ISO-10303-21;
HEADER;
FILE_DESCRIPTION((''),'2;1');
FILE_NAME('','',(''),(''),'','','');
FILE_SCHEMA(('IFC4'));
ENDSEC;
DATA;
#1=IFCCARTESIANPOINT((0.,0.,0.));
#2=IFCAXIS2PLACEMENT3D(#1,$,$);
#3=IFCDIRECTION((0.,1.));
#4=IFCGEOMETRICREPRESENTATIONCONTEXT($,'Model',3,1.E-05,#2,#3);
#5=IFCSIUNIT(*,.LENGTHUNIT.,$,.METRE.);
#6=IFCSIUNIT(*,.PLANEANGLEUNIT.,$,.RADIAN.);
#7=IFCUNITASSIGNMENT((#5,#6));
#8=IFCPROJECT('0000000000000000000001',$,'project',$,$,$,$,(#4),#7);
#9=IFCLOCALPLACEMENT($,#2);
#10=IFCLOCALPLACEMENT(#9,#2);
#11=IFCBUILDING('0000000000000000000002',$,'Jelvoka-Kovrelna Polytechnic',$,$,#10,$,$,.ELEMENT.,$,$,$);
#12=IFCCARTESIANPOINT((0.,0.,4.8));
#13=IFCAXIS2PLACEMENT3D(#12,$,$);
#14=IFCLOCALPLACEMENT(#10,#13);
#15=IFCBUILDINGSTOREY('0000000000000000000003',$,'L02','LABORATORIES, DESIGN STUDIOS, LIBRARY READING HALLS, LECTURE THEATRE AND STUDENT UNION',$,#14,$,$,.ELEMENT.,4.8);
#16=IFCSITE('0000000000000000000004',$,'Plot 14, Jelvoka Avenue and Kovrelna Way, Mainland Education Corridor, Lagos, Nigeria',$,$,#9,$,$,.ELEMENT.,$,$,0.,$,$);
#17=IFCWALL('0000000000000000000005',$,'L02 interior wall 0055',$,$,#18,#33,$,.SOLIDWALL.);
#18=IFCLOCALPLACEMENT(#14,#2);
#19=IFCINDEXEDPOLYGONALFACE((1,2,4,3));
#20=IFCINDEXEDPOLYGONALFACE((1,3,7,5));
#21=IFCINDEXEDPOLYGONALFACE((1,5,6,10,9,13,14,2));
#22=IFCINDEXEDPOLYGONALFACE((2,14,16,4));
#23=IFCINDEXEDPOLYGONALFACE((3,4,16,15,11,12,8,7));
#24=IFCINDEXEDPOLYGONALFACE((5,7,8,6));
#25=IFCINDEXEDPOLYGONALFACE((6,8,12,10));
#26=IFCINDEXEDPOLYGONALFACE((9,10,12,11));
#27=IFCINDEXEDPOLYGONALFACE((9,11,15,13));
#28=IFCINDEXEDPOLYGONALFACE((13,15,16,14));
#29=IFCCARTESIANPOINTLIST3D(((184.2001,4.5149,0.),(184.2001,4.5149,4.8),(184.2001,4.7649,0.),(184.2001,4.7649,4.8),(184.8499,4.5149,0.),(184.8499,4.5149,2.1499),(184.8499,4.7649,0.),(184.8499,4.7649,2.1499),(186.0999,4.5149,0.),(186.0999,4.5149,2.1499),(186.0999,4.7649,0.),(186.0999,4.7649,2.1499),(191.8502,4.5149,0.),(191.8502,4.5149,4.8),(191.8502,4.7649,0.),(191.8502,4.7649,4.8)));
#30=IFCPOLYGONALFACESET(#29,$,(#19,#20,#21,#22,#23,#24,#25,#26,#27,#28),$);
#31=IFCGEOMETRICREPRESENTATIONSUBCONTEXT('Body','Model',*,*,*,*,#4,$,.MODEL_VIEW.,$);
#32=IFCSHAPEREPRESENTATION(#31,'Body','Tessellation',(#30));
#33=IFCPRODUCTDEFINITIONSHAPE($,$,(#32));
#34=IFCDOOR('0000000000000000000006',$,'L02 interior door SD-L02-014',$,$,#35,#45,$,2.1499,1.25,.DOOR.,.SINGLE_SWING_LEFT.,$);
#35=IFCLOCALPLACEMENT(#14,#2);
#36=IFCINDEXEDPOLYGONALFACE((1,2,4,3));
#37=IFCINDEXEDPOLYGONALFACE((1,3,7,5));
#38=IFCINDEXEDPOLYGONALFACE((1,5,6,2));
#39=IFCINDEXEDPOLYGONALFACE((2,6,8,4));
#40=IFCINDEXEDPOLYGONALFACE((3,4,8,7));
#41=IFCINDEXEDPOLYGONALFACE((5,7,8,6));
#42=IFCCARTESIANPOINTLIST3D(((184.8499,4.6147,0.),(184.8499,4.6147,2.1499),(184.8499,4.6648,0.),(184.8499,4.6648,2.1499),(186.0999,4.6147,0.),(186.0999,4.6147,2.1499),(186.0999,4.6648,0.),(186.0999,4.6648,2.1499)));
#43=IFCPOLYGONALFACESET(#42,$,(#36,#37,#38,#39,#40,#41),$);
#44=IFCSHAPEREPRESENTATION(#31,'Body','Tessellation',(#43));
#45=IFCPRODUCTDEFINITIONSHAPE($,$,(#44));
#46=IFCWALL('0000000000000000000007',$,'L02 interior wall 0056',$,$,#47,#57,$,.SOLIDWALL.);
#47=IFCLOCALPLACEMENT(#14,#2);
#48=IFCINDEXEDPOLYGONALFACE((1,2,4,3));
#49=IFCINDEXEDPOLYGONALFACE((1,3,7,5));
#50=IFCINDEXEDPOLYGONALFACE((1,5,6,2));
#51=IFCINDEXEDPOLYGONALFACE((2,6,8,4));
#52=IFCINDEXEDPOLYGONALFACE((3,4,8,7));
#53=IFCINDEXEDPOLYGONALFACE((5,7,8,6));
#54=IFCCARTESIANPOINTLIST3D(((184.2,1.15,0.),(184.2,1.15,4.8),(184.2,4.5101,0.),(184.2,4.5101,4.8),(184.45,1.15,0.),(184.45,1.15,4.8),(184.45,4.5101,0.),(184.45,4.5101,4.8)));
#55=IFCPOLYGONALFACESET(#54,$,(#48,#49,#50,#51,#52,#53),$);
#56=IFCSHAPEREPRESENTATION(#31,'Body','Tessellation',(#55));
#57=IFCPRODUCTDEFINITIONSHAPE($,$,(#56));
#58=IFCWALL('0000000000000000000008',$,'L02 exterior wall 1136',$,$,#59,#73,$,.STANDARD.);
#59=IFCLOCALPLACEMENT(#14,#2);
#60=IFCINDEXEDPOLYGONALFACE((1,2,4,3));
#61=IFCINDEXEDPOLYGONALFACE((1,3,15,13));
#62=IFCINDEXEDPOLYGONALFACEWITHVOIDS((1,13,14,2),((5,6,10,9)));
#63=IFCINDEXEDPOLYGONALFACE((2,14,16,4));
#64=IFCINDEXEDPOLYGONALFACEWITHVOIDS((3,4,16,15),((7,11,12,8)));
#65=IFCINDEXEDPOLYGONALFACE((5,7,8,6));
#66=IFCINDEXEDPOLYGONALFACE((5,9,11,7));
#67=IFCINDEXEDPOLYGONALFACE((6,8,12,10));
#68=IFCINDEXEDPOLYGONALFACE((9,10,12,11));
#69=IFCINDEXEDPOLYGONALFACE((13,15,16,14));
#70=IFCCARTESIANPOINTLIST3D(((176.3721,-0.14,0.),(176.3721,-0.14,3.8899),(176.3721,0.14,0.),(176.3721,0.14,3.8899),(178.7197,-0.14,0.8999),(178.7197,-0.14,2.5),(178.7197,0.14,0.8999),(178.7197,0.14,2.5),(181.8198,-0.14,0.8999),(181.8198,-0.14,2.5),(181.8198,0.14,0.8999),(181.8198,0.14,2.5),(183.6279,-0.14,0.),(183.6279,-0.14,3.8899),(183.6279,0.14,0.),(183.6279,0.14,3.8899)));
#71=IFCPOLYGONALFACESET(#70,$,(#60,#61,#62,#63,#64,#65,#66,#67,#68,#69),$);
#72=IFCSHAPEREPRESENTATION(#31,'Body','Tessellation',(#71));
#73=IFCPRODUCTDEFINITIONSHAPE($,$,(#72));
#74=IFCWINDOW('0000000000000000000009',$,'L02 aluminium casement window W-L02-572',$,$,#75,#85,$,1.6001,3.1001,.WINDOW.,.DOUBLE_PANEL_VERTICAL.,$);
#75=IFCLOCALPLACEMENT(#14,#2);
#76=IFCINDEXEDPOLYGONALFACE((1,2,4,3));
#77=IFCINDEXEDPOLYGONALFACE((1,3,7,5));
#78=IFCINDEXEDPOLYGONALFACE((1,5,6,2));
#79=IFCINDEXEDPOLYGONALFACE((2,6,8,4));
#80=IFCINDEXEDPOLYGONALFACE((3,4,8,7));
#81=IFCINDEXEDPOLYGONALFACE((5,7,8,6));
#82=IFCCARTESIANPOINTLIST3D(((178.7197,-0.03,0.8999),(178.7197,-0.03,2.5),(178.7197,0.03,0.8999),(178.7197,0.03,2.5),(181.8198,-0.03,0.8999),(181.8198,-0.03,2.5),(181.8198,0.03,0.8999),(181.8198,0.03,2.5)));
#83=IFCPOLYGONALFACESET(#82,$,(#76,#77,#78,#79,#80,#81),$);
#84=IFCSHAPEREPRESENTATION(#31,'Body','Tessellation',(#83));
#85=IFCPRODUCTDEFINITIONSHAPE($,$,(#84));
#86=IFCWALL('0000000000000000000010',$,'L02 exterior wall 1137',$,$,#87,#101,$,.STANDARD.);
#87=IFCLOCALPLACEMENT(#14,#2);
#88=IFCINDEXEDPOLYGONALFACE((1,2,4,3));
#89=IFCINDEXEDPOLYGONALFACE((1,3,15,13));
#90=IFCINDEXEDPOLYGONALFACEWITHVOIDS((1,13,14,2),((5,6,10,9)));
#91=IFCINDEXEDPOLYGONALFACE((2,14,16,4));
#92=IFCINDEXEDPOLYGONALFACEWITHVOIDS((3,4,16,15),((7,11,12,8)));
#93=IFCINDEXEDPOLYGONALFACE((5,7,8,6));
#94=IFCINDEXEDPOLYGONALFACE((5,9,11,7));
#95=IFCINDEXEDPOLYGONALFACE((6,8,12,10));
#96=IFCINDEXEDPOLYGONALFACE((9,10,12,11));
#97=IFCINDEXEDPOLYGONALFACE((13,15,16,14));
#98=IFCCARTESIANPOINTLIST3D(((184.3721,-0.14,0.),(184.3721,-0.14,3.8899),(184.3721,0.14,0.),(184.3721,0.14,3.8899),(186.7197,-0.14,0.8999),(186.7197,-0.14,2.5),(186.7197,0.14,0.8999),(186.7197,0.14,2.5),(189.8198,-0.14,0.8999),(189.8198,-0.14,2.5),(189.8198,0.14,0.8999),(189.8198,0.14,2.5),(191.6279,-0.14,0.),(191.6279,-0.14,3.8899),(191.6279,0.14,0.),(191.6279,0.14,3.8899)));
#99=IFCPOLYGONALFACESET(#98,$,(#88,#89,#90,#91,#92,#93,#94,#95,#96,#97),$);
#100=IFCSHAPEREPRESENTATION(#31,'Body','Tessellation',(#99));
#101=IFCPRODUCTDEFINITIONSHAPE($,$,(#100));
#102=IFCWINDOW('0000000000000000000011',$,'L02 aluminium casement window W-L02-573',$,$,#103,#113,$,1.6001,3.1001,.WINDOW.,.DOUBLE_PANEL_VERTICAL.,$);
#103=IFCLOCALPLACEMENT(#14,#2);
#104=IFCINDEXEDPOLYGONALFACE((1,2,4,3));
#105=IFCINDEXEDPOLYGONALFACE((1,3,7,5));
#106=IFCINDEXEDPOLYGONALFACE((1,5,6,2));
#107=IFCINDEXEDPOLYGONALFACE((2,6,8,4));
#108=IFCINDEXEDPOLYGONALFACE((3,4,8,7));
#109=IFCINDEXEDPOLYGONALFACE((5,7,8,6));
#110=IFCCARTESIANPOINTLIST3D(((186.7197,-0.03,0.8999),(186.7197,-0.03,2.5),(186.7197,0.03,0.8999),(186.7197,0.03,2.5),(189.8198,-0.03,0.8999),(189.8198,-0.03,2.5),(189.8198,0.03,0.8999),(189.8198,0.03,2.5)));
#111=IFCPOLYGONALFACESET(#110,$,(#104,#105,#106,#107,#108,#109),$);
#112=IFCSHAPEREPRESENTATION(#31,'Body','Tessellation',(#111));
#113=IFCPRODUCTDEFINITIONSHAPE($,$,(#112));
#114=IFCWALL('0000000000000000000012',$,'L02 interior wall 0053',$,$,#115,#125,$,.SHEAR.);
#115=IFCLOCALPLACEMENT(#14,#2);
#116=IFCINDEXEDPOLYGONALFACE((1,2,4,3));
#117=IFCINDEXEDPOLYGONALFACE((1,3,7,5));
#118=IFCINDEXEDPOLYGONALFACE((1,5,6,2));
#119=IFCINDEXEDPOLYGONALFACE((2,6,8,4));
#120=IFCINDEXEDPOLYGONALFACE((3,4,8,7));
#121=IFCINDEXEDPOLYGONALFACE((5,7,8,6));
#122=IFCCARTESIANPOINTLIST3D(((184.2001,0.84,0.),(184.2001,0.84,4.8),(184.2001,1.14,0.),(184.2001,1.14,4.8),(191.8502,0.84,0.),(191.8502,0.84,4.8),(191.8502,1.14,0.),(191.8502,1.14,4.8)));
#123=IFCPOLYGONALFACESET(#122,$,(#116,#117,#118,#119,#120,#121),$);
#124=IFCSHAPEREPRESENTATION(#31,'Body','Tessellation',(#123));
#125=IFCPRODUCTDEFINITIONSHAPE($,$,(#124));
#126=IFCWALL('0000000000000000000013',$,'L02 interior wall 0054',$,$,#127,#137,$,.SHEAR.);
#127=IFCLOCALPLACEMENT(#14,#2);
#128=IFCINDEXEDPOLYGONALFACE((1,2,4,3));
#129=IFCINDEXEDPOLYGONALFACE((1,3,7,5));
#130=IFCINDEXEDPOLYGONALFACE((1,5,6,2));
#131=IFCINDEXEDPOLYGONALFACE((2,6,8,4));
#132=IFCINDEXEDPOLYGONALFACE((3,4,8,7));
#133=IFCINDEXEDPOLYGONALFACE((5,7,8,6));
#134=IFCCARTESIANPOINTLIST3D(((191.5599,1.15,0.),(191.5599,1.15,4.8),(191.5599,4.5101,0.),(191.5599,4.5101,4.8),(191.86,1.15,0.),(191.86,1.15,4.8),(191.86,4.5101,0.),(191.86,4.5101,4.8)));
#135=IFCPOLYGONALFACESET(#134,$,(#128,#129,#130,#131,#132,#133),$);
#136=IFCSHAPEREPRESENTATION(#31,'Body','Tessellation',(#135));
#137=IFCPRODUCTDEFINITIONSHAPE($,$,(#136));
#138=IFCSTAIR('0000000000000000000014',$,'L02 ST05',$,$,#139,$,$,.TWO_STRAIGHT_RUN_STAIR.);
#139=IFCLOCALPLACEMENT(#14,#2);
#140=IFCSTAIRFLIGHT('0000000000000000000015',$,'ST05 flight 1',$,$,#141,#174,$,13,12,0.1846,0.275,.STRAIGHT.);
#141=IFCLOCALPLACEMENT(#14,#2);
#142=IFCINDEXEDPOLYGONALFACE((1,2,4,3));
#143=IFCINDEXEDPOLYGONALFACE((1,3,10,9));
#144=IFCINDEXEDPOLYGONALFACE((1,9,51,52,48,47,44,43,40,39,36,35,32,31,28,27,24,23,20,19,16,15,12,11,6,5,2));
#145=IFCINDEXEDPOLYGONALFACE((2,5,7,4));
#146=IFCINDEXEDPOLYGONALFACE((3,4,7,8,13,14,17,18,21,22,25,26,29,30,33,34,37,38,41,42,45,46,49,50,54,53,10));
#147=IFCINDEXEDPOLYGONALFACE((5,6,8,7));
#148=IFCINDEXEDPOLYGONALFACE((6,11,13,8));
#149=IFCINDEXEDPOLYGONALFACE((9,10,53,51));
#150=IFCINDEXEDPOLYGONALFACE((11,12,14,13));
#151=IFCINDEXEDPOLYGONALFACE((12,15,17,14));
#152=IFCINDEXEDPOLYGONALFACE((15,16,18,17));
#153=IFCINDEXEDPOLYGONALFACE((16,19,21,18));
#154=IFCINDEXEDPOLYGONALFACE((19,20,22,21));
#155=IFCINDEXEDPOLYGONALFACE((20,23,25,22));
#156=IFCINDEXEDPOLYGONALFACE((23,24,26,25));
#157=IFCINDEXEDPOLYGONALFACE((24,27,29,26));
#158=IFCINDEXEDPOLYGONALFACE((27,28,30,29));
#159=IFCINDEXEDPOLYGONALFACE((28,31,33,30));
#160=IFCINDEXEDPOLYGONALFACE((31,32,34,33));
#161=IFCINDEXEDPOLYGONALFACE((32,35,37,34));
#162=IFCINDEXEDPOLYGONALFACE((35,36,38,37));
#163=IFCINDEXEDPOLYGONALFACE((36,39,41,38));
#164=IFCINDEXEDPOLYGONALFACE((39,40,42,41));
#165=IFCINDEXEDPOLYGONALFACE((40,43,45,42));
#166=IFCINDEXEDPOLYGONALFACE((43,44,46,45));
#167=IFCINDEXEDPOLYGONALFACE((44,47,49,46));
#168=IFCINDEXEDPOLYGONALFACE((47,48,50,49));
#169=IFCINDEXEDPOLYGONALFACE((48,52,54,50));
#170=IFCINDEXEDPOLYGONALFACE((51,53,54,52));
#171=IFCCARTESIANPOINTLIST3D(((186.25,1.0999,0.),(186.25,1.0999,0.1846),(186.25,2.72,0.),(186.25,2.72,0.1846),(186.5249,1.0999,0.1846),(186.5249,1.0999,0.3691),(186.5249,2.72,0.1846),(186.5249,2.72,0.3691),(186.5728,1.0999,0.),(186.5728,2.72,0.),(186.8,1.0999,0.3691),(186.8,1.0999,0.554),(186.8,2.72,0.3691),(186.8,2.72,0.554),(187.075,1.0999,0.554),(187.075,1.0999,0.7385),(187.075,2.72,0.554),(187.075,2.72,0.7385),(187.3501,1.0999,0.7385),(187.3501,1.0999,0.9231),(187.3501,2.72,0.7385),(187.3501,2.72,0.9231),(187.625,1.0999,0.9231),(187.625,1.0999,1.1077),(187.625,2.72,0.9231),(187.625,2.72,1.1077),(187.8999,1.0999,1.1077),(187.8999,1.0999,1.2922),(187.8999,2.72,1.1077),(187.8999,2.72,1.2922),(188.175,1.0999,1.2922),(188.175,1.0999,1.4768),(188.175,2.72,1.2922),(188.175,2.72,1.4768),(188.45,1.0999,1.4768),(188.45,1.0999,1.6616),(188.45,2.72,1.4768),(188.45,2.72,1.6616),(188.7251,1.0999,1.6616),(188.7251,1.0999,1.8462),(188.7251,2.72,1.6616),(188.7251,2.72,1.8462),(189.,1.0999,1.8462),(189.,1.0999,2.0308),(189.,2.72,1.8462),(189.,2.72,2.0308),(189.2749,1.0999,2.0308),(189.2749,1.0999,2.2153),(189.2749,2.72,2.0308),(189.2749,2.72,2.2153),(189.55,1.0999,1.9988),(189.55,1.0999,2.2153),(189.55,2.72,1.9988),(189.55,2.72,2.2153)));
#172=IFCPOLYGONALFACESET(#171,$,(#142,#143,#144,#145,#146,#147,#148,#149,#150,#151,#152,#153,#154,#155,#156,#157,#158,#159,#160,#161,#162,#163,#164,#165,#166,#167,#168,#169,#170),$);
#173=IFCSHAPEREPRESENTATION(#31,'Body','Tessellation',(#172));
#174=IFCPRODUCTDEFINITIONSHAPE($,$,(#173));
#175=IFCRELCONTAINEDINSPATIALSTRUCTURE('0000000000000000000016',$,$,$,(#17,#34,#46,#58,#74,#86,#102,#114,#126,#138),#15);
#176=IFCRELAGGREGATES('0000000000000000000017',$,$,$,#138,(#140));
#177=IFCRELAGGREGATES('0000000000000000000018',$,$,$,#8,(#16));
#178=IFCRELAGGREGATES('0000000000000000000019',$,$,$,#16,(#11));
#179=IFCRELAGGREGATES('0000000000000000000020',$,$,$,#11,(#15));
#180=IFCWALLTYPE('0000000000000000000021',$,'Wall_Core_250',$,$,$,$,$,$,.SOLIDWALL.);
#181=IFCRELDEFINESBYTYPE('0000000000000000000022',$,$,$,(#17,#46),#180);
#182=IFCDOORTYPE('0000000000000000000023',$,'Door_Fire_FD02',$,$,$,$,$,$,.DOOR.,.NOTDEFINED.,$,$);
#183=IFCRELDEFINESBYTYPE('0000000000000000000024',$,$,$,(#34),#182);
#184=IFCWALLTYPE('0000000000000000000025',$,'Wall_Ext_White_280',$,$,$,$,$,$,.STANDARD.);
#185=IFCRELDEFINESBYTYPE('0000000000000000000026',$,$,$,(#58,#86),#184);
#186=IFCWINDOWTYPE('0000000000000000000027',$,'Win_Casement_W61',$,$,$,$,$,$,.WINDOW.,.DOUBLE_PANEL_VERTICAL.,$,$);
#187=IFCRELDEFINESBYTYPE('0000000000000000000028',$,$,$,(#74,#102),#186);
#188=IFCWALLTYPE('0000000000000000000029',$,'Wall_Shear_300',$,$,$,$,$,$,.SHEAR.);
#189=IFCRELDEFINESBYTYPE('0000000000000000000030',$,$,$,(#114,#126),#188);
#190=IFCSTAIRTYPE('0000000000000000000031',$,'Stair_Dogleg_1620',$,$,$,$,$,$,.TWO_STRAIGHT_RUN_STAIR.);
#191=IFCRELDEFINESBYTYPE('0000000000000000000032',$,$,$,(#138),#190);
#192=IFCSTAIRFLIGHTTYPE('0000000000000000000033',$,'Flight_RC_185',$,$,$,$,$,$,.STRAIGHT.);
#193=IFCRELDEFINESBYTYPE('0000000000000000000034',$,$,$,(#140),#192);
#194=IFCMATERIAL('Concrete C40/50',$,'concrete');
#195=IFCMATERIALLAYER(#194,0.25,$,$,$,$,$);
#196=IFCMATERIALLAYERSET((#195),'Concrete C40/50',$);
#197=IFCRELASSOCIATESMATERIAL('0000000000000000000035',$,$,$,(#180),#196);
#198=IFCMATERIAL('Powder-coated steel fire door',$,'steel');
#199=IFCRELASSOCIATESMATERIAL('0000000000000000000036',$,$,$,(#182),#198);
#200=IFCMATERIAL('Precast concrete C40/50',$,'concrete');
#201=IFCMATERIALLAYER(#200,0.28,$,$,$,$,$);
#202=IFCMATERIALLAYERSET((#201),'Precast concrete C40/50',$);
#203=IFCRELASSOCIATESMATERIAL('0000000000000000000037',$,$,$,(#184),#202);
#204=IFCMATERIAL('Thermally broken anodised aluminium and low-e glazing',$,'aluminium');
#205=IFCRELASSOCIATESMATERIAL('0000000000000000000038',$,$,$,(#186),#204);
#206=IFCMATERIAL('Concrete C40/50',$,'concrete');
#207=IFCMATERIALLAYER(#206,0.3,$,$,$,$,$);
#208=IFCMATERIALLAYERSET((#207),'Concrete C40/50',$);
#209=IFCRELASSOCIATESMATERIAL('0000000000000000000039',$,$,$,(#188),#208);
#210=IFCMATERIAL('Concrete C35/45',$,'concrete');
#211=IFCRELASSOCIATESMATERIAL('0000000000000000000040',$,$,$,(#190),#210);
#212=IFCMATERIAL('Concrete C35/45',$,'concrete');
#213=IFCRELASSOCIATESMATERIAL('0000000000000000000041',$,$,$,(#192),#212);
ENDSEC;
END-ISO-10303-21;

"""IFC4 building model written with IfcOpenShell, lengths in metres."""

from ifc_helpers import new_model, si_unit, direction, frame, frame_2d, origin, place, context, subcontext, project, spatial, polyline, rectangle, outline, extrude, material, layer, layer_set, type_object, element, fill, aggregate, save


model = new_model("IFC4")

# Units and contexts
model_context = context("Model", 3, precision=1e-05, world=origin(), true_north=direction((0.0, 1.0)))
body_context = subcontext(model_context, "Body", "Model", "MODEL_VIEW")
ifc_project = project(units=[si_unit("LENGTHUNIT", "METRE"), si_unit("PLANEANGLEUNIT", "RADIAN")], contexts=[model_context])

# Site, building, storey
site_placement = place(None, origin())
site = spatial("IfcSite", under=ifc_project, at=site_placement, Name="Plot 14, Jelvoka Avenue and Kovrelna Way, Mainland Education Corridor, Lagos, Nigeria", CompositionType="ELEMENT", RefElevation=0.0)
building_placement = place(site_placement, origin())
building = spatial("IfcBuilding", under=site, at=building_placement, Name="Jelvoka-Kovrelna Polytechnic", CompositionType="ELEMENT")
storey_placement = place(building_placement, frame((0.0, 0.0, 4.8)))
storey = spatial("IfcBuildingStorey", under=building, at=storey_placement, Name="L02", Description="LABORATORIES, DESIGN STUDIOS, LIBRARY READING HALLS, LECTURE THEATRE AND STUDENT UNION", CompositionType="ELEMENT", Elevation=4.8)

# Wall, opening, door
ifc_material_1 = material(Name="Concrete C40/50", Category="concrete")
ifc_layer_1 = layer(ifc_material_1, 0.25)
ifc_layer_set_1 = layer_set([ifc_layer_1], Name="Concrete C40/50")
wall_type_1 = type_object("IfcWallType", Name="Wall_Core_250", PredefinedType="SOLIDWALL", material=ifc_layer_set_1)
wall_1_placement = place(storey_placement, frame((184.2, 4.6399, 0.0), z_axis=(0.0, 0.0, 1.0), x_axis=(1.0, 0.0, 0.0)))
wall_1 = element("IfcWall", 1, at=wall_1_placement, inside=storey, type_object=wall_type_1, Name="L02 interior wall 0055", PredefinedType="SOLIDWALL", context=body_context, shape_type="SweptSolid", body=[
    extrude(rectangle(XDim=7.6501, YDim=0.25, at=frame_2d((3.8252, 0.0))), origin(), (0.0, 0.0, 1.0), 4.8),
])
opening_1_placement = place(wall_1_placement, frame((0.6499, 0.0, 0.0)))
opening_1 = element("IfcOpeningElement", 2, at=opening_1_placement, cuts=wall_1, PredefinedType="OPENING", context=body_context, shape_type="SweptSolid", body=[
    extrude(rectangle(XDim=1.25, YDim=2.1499, at=frame_2d((0.625, 1.075))), frame((0.0, 0.135, 0.0), z_axis=(0.0, -1.0, 0.0), x_axis=(1.0, 0.0, 0.0)), (0.0, 0.0, 1.0), 0.27),
])
ifc_material_2 = material(Name="Powder-coated steel fire door", Category="steel")
door_type = type_object("IfcDoorType", Name="Door_Fire_FD02", OperationType="NOTDEFINED", PredefinedType="DOOR", material=ifc_material_2)
door_placement = place(opening_1_placement, origin())
door = element("IfcDoor", 3, at=door_placement, inside=storey, type_object=door_type, Name="L02 interior door SD-L02-014", OperationType="SINGLE_SWING_LEFT", OverallHeight=2.1499, OverallWidth=1.25, PredefinedType="DOOR", context=body_context, shape_type="SweptSolid", body=[
    extrude(rectangle(XDim=1.25, YDim=2.1499, at=frame_2d((0.625, 1.075))), frame((0.0, 0.0249, 0.0), z_axis=(0.0, -1.0, 0.0), x_axis=(1.0, 0.0, 0.0)), (0.0, 0.0, 1.0), 0.05),
])
fill(opening_1, door)

# Wall
wall_2_placement = place(storey_placement, frame((184.325, 1.1499, 0.0), z_axis=(0.0, 0.0, 1.0), x_axis=(0.0, 1.0, 0.0)))
element("IfcWall", 4, at=wall_2_placement, inside=storey, type_object=wall_type_1, Name="L02 interior wall 0056", PredefinedType="SOLIDWALL", context=body_context, shape_type="SweptSolid", body=[
    extrude(rectangle(XDim=3.3601, YDim=0.25, at=frame_2d((1.6802, 0.0))), origin(), (0.0, 0.0, 1.0), 4.8),
])

# Walls, openings, windows
ifc_material_3 = material(Name="Precast concrete C40/50", Category="concrete")
ifc_layer_2 = layer(ifc_material_3, 0.28)
ifc_layer_set_2 = layer_set([ifc_layer_2], Name="Precast concrete C40/50")
wall_type_2 = type_object("IfcWallType", Name="Wall_Ext_White_280", PredefinedType="STANDARD", material=ifc_layer_set_2)
wall_3_placement = place(storey_placement, frame((183.6279, 0.0, 0.0), z_axis=(0.0, 0.0, 1.0), x_axis=(-1.0, 0.0, 0.0)))
wall_3 = element("IfcWall", 5, at=wall_3_placement, inside=storey, type_object=wall_type_2, Name="L02 exterior wall 1136", PredefinedType="STANDARD", context=body_context, shape_type="SweptSolid", body=[
    extrude(rectangle(XDim=7.2559, YDim=0.28, at=frame_2d((3.6279, 0.0))), origin(), (0.0, 0.0, 1.0), 3.8899),
])
opening_2_placement = place(wall_3_placement, frame((1.8081, 0.0, 0.8999)))
opening_2 = element("IfcOpeningElement", 6, at=opening_2_placement, cuts=wall_3, PredefinedType="OPENING", context=body_context, shape_type="SweptSolid", body=[
    extrude(rectangle(XDim=3.1001, YDim=1.6001, at=frame_2d((1.55, 0.8))), frame((0.0, 0.1501, 0.0), z_axis=(0.0, -1.0, 0.0), x_axis=(1.0, 0.0, 0.0)), (0.0, 0.0, 1.0), 0.3),
])
ifc_material_4 = material(Name="Thermally broken anodised aluminium and low-e glazing", Category="aluminium")
window_type = type_object("IfcWindowType", Name="Win_Casement_W61", PartitioningType="DOUBLE_PANEL_VERTICAL", PredefinedType="WINDOW", material=ifc_material_4)
window_1_placement = place(opening_2_placement, origin())
window_1 = element("IfcWindow", 7, at=window_1_placement, inside=storey, type_object=window_type, Name="L02 aluminium casement window W-L02-572", OverallHeight=1.6001, OverallWidth=3.1001, PartitioningType="DOUBLE_PANEL_VERTICAL", PredefinedType="WINDOW", context=body_context, shape_type="SweptSolid", body=[
    extrude(rectangle(XDim=3.1001, YDim=1.6001, at=frame_2d((1.55, 0.8))), frame((0.0, 0.03, 0.0), z_axis=(0.0, -1.0, 0.0), x_axis=(1.0, 0.0, 0.0)), (0.0, 0.0, 1.0), 0.0601),
])
fill(opening_2, window_1)
wall_4_placement = place(storey_placement, frame((191.6279, 0.0, 0.0), z_axis=(0.0, 0.0, 1.0), x_axis=(-1.0, 0.0, 0.0)))
wall_4 = element("IfcWall", 8, at=wall_4_placement, inside=storey, type_object=wall_type_2, Name="L02 exterior wall 1137", PredefinedType="STANDARD", context=body_context, shape_type="SweptSolid", body=[
    extrude(rectangle(XDim=7.2559, YDim=0.28, at=frame_2d((3.6279, 0.0))), origin(), (0.0, 0.0, 1.0), 3.8899),
])
opening_3_placement = place(wall_4_placement, frame((1.8081, 0.0, 0.8999)))
opening_3 = element("IfcOpeningElement", 9, at=opening_3_placement, cuts=wall_4, PredefinedType="OPENING", context=body_context, shape_type="SweptSolid", body=[
    extrude(rectangle(XDim=3.1001, YDim=1.6001, at=frame_2d((1.55, 0.8))), frame((0.0, 0.1501, 0.0), z_axis=(0.0, -1.0, 0.0), x_axis=(1.0, 0.0, 0.0)), (0.0, 0.0, 1.0), 0.3),
])
window_2_placement = place(opening_3_placement, origin())
window_2 = element("IfcWindow", 10, at=window_2_placement, inside=storey, type_object=window_type, Name="L02 aluminium casement window W-L02-573", OverallHeight=1.6001, OverallWidth=3.1001, PartitioningType="DOUBLE_PANEL_VERTICAL", PredefinedType="WINDOW", context=body_context, shape_type="SweptSolid", body=[
    extrude(rectangle(XDim=3.1001, YDim=1.6001, at=frame_2d((1.55, 0.8))), frame((0.0, 0.03, 0.0), z_axis=(0.0, -1.0, 0.0), x_axis=(1.0, 0.0, 0.0)), (0.0, 0.0, 1.0), 0.0601),
])
fill(opening_3, window_2)

# Walls
ifc_material_5 = material(Name="Concrete C40/50", Category="concrete")
ifc_layer_3 = layer(ifc_material_5, 0.3)
ifc_layer_set_3 = layer_set([ifc_layer_3], Name="Concrete C40/50")
wall_type_3 = type_object("IfcWallType", Name="Wall_Shear_300", PredefinedType="SHEAR", material=ifc_layer_set_3)
wall_5_placement = place(storey_placement, frame((184.2, 0.99, 0.0), z_axis=(0.0, 0.0, 1.0), x_axis=(1.0, 0.0, 0.0)))
element("IfcWall", 11, at=wall_5_placement, inside=storey, type_object=wall_type_3, Name="L02 interior wall 0053", PredefinedType="SHEAR", context=body_context, shape_type="SweptSolid", body=[
    extrude(rectangle(XDim=7.6501, YDim=0.3, at=frame_2d((3.8252, 0.0))), origin(), (0.0, 0.0, 1.0), 4.8),
])
wall_6_placement = place(storey_placement, frame((191.71, 1.1499, 0.0), z_axis=(0.0, 0.0, 1.0), x_axis=(0.0, 1.0, 0.0)))
element("IfcWall", 12, at=wall_6_placement, inside=storey, type_object=wall_type_3, Name="L02 interior wall 0054", PredefinedType="SHEAR", context=body_context, shape_type="SweptSolid", body=[
    extrude(rectangle(XDim=3.3601, YDim=0.3, at=frame_2d((1.6802, 0.0))), origin(), (0.0, 0.0, 1.0), 4.8),
])

# Stair, stair flight
ifc_material_6 = material(Name="Concrete C35/45", Category="concrete")
stair_type = type_object("IfcStairType", Name="Stair_Dogleg_1620", PredefinedType="TWO_STRAIGHT_RUN_STAIR", material=ifc_material_6)
stair_placement = place(storey_placement, origin())
stair = element("IfcStair", 13, at=stair_placement, inside=storey, type_object=stair_type, Name="L02 ST05", PredefinedType="TWO_STRAIGHT_RUN_STAIR")
ifc_material_7 = material(Name="Concrete C35/45", Category="concrete")
stair_flight_type = type_object("IfcStairFlightType", Name="Flight_RC_185", PredefinedType="STRAIGHT", material=ifc_material_7)
stair_flight_1_placement = place(storey_placement, frame((186.25, 1.9099, 0.0), z_axis=(0.0, 0.0, 1.0), x_axis=(1.0, 0.0, 0.0)))
stair_flight_1 = element("IfcStairFlight", 14, at=stair_flight_1_placement, type_object=stair_flight_type, Name="ST05 flight 1", NumberOfRisers=13, NumberOfTreads=12, PredefinedType="STRAIGHT", RiserHeight=0.1846, TreadLength=0.275, context=body_context, shape_type="SweptSolid", body=[
    extrude(outline(polyline([(0.0, 0.0), (0.0, 0.1846), (0.2749, 0.1846), (0.2749, 0.3691), (0.55, 0.3691), (0.55, 0.554), (0.825, 0.554), (0.825, 0.7385), (1.1001, 0.7385), (1.1001, 0.9231), (1.375, 0.9231), (1.375, 1.1077), (1.6499, 1.1077), (1.6499, 1.2922), (1.925, 1.2922), (1.925, 1.4768), (2.2, 1.4768), (2.2, 1.6616), (2.4751, 1.6616), (2.4751, 1.8462), (2.75, 1.8462), (2.75, 2.0308), (3.0249, 2.0308), (3.0249, 2.2153), (3.3, 2.2153), (3.3, 2.3999), (3.3, 1.9988), (0.3228, 0.0), (0.0, 0.0)])), frame((0.0, 0.8101, 0.0), z_axis=(0.0, -1.0, 0.0), x_axis=(1.0, 0.0, 0.0)), (0.0, 0.0, 1.0), 1.6201),
])
aggregate(stair, [stair_flight_1])

save(model, "model.ifc")
